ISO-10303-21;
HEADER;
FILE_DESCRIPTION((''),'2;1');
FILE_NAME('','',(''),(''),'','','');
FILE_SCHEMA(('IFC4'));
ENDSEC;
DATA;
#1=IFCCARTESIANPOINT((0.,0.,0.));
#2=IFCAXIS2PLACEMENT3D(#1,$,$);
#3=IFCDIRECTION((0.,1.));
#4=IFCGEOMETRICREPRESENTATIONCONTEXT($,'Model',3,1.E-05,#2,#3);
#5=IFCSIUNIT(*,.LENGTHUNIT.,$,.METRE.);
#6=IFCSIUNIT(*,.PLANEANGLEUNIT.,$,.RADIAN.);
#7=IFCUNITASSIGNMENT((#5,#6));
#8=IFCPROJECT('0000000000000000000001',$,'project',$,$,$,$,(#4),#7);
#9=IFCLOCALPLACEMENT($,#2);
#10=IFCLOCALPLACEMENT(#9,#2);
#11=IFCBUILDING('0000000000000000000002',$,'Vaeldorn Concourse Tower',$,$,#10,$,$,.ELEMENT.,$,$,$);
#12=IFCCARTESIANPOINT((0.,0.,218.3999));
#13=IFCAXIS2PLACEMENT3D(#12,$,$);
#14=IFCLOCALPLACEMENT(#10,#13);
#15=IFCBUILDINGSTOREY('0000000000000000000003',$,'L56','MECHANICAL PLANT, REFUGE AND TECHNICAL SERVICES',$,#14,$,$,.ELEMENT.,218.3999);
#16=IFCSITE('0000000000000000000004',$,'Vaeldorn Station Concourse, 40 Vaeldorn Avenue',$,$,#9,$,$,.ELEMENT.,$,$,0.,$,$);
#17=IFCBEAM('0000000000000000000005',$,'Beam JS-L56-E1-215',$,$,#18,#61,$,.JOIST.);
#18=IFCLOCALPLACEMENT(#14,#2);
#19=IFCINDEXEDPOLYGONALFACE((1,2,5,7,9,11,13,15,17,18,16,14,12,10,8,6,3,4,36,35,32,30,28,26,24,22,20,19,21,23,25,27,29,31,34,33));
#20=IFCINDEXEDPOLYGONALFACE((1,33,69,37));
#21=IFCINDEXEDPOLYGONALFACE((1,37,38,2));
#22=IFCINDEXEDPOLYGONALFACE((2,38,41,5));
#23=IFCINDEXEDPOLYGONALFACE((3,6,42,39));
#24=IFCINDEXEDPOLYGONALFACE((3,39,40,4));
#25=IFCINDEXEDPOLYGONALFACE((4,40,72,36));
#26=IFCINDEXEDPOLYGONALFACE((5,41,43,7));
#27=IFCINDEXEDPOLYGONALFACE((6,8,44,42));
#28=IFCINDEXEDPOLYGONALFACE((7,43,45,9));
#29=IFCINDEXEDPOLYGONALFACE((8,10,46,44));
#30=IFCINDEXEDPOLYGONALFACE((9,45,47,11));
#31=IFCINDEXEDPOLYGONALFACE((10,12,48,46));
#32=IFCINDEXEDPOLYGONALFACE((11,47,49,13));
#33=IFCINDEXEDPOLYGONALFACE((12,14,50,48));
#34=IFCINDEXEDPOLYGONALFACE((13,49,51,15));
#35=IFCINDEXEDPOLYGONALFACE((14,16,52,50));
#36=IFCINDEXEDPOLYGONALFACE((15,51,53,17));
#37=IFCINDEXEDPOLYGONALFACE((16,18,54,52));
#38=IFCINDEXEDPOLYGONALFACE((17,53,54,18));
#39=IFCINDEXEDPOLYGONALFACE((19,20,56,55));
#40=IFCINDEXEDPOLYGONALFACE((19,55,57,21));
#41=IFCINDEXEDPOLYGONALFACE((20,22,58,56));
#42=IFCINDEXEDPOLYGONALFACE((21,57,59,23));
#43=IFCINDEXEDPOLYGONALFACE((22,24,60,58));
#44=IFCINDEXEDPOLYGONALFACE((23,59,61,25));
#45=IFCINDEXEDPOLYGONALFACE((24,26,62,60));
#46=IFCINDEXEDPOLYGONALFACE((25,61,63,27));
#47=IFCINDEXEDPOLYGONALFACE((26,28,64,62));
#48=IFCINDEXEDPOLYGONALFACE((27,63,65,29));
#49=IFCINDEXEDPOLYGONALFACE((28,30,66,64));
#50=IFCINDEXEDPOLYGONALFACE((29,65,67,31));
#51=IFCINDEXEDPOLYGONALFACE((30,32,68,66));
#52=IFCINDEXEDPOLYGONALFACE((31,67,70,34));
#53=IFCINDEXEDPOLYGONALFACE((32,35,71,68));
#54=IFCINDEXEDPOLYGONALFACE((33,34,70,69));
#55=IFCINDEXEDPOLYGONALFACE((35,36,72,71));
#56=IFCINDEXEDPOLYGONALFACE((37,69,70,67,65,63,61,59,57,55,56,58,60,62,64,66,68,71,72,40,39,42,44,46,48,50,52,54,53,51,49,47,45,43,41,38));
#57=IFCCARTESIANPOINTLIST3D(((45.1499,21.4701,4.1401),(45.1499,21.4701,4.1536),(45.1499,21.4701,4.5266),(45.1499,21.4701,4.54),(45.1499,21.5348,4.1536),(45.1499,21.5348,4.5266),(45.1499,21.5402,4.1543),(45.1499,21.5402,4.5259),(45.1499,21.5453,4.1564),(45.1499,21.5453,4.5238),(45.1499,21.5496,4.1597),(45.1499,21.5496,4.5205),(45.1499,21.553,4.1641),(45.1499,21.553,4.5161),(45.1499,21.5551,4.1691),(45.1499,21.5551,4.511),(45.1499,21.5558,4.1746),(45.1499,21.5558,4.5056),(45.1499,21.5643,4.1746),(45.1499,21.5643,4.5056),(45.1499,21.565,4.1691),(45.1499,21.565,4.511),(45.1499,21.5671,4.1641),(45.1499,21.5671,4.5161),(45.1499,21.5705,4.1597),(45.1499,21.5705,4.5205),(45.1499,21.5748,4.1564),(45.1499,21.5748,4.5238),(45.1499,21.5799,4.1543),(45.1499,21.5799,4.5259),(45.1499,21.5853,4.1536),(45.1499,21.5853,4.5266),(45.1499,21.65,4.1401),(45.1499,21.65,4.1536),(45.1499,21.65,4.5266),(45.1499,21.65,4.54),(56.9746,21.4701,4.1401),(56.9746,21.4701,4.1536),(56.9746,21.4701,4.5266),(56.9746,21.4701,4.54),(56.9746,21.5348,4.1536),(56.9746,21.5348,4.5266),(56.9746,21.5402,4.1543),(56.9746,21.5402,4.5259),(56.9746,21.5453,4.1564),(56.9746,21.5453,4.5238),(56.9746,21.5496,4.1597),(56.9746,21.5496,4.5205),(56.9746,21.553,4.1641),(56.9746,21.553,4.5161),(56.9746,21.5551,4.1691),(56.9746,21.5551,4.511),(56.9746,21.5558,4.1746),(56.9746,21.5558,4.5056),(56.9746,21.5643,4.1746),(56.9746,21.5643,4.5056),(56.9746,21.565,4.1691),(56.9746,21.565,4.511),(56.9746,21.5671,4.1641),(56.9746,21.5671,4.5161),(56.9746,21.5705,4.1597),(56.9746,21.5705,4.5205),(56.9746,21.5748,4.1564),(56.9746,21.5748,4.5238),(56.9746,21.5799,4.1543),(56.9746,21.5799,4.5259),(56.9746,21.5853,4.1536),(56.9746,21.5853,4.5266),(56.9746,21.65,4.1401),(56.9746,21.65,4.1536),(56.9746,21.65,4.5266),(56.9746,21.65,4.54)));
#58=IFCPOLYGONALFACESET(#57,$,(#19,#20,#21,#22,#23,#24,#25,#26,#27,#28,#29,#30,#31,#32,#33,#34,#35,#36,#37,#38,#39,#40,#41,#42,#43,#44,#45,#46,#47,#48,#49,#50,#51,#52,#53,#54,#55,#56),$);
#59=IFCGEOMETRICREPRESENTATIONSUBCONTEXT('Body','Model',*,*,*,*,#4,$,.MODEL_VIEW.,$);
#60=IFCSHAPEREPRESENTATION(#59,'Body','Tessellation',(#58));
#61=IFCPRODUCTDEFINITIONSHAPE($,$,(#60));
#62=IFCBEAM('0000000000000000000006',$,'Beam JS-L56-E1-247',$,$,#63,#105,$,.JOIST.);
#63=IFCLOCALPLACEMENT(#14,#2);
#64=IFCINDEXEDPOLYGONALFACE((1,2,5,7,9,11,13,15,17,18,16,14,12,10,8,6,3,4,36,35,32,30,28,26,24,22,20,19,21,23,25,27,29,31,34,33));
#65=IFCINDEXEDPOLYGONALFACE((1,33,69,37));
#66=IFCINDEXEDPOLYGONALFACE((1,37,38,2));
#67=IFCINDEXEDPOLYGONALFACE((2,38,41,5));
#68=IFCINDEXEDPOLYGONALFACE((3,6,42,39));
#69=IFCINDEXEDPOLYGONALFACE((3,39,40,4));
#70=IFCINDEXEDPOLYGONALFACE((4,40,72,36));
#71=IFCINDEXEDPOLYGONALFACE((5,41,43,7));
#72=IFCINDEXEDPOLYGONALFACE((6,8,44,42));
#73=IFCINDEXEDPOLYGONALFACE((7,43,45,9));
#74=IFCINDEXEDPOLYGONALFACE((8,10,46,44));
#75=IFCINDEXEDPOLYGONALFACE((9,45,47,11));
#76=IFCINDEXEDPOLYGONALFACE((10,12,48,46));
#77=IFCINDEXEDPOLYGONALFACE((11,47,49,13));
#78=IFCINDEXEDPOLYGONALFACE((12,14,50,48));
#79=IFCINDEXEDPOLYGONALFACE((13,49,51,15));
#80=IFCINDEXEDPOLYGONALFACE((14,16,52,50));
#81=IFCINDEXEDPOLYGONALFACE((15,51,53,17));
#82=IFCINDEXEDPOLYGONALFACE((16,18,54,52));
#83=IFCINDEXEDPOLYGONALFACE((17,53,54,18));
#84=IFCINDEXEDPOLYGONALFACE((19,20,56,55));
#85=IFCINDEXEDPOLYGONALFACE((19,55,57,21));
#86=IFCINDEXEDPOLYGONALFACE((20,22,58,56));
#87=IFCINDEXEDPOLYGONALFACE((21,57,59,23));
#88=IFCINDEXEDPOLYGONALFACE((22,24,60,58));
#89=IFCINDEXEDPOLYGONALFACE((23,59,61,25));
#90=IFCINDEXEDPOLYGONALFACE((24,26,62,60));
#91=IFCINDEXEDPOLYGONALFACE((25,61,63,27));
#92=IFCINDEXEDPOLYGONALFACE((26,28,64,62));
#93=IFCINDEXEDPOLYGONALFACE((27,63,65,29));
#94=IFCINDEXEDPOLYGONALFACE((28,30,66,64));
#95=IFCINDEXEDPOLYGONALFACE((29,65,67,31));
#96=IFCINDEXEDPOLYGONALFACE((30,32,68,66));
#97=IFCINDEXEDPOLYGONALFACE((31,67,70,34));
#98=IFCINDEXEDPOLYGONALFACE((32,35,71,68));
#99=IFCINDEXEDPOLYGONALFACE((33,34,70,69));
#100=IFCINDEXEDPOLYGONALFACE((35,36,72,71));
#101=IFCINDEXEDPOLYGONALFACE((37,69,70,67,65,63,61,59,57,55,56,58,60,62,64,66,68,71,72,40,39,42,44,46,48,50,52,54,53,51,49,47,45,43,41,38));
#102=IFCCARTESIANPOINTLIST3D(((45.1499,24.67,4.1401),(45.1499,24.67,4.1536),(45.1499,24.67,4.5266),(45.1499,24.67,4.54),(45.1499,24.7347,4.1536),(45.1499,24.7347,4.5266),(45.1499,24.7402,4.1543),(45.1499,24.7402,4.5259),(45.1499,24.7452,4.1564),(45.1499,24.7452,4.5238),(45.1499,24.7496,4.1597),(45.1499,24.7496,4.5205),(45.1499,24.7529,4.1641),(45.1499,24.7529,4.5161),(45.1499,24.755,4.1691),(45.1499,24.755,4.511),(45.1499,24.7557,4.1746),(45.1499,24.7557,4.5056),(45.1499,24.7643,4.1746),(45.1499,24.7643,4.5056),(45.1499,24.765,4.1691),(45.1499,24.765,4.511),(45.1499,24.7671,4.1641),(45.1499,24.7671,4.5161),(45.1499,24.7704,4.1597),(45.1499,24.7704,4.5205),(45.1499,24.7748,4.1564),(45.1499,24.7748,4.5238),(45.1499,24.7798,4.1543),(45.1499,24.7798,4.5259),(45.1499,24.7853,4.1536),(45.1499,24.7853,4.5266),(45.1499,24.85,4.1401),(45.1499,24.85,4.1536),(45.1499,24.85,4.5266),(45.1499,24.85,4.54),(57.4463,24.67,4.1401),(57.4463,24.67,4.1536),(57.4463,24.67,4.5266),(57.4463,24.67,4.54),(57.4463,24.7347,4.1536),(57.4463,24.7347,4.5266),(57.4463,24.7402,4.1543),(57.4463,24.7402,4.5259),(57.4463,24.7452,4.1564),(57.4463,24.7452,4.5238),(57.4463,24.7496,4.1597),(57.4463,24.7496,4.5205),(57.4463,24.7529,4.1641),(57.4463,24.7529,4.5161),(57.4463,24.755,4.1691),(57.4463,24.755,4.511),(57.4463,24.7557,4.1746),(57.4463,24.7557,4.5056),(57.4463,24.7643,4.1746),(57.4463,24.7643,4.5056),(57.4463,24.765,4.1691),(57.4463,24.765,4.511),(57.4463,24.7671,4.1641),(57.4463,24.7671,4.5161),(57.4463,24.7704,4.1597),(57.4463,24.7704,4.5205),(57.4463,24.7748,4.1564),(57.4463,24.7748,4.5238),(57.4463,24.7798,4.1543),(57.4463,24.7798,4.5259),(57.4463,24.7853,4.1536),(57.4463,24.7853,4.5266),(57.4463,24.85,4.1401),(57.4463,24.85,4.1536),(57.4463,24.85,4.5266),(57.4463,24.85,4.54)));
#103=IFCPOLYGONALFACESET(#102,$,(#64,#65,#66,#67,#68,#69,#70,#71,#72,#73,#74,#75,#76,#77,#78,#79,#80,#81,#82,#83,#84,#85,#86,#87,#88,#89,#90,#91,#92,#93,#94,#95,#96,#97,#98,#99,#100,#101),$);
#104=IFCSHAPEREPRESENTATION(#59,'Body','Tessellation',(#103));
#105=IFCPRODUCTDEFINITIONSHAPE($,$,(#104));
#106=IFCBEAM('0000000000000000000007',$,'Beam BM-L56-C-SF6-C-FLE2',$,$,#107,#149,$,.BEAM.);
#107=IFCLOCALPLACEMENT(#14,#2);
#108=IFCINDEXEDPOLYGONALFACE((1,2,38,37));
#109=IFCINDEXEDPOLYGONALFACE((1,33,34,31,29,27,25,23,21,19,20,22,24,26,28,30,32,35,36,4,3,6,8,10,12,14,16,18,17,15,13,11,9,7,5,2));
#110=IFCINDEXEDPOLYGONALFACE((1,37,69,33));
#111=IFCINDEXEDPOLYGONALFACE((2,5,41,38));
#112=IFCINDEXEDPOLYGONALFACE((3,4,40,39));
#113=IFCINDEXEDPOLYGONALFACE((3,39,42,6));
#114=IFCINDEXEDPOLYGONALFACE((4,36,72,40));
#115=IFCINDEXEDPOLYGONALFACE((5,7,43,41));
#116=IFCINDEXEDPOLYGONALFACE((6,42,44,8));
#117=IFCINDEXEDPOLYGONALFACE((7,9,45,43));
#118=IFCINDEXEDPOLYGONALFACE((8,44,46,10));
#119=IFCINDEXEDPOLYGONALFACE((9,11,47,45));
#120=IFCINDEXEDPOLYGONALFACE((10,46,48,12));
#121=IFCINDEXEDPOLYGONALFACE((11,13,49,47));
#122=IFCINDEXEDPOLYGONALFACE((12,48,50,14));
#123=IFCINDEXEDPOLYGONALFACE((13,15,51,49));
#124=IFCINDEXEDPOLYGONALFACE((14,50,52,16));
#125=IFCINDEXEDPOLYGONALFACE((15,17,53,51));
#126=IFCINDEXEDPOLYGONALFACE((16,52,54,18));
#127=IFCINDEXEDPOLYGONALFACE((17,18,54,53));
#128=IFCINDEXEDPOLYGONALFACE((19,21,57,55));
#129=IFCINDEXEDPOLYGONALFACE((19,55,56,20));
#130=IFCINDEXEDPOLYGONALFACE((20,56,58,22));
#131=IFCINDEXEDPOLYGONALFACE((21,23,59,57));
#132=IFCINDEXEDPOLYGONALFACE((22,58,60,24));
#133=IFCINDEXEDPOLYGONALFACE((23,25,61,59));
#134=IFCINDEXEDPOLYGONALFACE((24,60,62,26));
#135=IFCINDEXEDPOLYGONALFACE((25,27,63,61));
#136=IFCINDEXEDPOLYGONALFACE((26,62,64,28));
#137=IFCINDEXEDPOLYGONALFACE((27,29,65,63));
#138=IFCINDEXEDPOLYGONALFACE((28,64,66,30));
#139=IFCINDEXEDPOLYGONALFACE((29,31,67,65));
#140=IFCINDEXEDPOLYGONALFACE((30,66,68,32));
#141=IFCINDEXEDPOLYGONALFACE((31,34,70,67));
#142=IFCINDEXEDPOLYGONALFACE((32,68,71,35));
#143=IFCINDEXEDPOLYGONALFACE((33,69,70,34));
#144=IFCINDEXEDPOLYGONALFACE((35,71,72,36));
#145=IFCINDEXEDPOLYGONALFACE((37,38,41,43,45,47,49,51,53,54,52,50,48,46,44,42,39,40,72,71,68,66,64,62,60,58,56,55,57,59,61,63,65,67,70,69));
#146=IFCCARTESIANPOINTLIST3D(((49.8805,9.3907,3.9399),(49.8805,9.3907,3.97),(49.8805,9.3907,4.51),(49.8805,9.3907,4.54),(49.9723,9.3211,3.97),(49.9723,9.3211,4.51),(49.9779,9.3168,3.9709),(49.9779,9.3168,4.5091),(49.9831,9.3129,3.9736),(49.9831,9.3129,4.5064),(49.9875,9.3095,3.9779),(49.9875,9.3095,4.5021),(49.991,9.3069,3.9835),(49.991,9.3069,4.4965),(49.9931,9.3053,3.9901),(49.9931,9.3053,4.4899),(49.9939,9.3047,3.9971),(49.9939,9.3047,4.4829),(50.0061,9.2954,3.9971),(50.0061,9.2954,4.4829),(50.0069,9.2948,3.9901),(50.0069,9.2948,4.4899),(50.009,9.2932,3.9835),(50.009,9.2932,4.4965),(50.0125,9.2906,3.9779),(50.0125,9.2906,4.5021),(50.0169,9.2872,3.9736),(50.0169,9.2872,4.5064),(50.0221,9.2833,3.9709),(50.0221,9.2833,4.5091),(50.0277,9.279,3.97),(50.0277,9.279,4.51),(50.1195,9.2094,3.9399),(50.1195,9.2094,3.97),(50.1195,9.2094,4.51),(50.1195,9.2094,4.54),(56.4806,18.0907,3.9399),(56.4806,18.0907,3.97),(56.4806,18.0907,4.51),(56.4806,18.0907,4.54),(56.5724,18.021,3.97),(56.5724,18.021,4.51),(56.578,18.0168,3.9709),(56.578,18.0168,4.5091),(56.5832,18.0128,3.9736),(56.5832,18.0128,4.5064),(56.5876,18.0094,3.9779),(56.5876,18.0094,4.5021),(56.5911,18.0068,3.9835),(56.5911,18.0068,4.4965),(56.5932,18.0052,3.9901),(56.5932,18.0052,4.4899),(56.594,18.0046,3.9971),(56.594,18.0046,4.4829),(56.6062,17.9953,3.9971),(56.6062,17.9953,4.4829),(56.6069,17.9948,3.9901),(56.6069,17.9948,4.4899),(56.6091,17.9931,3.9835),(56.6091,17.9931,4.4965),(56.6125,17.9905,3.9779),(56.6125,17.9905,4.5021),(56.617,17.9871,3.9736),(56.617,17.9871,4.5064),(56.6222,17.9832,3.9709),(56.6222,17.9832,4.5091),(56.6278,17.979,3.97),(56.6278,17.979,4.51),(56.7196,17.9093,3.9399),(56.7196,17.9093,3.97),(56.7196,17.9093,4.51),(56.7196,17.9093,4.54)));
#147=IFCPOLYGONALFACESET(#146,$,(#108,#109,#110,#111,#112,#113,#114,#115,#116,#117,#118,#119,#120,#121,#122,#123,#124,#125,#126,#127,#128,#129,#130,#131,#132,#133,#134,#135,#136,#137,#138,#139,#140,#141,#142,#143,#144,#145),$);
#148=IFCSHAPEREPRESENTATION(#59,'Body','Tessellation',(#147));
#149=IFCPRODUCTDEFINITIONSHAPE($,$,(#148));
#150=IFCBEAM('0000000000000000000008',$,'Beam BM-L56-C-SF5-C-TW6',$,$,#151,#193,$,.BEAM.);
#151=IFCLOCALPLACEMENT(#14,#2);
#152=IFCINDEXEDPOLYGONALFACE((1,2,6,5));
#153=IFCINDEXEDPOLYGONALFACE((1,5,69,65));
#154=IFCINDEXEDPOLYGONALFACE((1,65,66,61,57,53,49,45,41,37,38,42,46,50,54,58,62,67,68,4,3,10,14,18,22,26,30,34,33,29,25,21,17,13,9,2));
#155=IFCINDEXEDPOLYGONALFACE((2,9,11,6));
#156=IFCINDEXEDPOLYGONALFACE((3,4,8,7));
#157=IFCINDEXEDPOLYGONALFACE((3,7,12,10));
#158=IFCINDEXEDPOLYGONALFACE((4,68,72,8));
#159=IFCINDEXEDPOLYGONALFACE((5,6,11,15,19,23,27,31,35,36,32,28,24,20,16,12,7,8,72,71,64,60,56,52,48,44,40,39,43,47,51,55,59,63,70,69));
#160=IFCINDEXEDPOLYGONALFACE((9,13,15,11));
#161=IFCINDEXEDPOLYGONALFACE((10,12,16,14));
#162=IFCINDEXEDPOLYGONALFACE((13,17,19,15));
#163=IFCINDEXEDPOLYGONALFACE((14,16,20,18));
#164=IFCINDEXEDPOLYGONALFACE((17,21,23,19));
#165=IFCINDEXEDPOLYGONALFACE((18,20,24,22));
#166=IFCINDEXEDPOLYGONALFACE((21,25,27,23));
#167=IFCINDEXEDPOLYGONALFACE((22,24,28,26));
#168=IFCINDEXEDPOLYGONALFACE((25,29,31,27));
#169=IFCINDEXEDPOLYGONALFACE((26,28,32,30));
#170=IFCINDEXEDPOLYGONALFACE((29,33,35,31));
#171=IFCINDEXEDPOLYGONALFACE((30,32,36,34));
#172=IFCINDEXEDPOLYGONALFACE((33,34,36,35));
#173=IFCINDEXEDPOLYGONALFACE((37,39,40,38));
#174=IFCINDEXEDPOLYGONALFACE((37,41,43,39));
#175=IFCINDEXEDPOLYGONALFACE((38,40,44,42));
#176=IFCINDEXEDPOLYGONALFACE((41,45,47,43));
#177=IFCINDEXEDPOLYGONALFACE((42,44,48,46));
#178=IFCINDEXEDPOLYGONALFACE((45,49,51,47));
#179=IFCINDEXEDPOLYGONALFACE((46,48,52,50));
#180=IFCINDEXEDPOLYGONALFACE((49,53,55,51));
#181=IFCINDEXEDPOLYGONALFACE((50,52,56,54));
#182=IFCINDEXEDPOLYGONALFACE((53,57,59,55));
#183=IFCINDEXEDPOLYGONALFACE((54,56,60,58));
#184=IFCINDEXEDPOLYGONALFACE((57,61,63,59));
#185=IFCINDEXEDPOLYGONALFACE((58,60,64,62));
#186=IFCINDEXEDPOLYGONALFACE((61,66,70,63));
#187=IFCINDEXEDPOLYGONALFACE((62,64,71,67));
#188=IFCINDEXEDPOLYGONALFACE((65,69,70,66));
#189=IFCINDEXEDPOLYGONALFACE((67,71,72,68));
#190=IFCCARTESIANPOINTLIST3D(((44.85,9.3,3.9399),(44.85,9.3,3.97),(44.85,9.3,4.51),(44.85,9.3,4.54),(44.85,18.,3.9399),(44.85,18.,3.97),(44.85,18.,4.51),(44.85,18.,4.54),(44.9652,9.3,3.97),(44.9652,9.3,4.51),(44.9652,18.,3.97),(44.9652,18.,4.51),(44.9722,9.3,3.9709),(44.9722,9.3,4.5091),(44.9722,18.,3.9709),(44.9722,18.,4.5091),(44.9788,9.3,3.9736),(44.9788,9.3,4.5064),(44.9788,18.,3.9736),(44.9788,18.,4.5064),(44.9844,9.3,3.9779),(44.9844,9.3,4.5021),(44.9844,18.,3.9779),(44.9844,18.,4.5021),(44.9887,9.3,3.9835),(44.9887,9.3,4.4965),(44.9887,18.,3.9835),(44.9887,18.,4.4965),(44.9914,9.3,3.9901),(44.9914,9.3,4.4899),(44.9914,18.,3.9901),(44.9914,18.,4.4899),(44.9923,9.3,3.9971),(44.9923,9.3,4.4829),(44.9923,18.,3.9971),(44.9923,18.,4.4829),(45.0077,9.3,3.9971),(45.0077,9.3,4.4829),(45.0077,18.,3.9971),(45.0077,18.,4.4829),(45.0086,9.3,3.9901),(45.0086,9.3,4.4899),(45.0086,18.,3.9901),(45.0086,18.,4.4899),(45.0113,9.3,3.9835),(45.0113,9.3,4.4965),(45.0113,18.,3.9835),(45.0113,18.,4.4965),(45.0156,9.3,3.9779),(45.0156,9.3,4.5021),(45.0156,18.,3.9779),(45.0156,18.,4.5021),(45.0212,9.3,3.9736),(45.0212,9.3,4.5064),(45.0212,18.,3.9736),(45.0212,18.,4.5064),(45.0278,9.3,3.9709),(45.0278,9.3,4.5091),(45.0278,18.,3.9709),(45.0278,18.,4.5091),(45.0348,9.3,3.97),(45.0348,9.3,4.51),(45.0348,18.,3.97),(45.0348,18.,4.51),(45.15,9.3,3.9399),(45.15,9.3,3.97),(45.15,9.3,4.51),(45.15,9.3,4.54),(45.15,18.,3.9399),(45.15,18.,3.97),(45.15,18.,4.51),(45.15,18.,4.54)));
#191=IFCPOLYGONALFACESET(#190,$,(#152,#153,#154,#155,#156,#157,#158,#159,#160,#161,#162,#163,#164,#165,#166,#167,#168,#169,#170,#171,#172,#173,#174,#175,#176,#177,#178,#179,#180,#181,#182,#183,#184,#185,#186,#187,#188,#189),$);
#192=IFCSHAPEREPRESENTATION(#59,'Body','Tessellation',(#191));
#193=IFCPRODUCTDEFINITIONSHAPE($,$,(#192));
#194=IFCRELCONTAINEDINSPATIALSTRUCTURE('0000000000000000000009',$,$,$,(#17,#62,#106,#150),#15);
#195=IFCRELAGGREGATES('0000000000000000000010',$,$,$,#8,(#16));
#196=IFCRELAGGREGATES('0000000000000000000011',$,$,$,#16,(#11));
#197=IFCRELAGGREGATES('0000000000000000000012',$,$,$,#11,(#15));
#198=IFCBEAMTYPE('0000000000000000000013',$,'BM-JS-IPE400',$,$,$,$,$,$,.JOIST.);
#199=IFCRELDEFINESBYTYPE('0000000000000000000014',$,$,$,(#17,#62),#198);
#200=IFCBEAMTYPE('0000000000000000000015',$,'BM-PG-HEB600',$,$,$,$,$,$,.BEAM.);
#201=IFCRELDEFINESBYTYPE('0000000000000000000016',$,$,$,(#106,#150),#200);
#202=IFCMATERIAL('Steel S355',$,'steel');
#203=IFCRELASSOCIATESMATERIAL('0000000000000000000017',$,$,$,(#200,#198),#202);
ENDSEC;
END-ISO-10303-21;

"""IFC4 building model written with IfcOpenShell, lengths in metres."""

from ifc_helpers import new_model, si_unit, direction, frame, origin, origin_2d, place, context, subcontext, project, spatial, i_section, extrude, source, transform, mapped, material, material_profile, profile_set, type_object, element, save


model = new_model("IFC4")

# Units and contexts
model_context = context("Model", 3, precision=1e-05, world=origin(), true_north=direction((0.0, 1.0)))
body_context = subcontext(model_context, "Body", "Model", "MODEL_VIEW")
ifc_project = project(units=[si_unit("LENGTHUNIT", "METRE"), si_unit("PLANEANGLEUNIT", "RADIAN")], contexts=[model_context])

# Site, building, storey
site_placement = place(None, origin())
site = spatial("IfcSite", under=ifc_project, at=site_placement, Name="Vaeldorn Station Concourse, 40 Vaeldorn Avenue", CompositionType="ELEMENT", RefElevation=0.0)
building_placement = place(site_placement, origin())
building = spatial("IfcBuilding", under=site, at=building_placement, Name="Vaeldorn Concourse Tower", CompositionType="ELEMENT")
storey_placement = place(building_placement, frame((0.0, 0.0, 218.3999)))
storey = spatial("IfcBuildingStorey", under=building, at=storey_placement, Name="L56", Description="MECHANICAL PLANT, REFUGE AND TECHNICAL SERVICES", CompositionType="ELEMENT", Elevation=218.3999)

# Shared definitions
ifc_material_1 = material(Name="Steel S355", Category="steel")

# Beams
ifc_material_profile_1 = material_profile(ifc_material_1, i_section(OverallWidth=0.3, OverallDepth=0.6001, WebThickness=0.0154, FlangeThickness=0.03, FilletRadius=0.0271, at=origin_2d()), Name="HEB 600")
ifc_profile_set_1 = profile_set([ifc_material_profile_1], Name="Steel S355")
beam_type_1 = type_object("IfcBeamType", Name="BM-PG-HEB600", PredefinedType="BEAM", material=ifc_profile_set_1)
ifc_material_profile_2 = material_profile(ifc_material_1, i_section(OverallWidth=0.1799, OverallDepth=0.3999, WebThickness=0.0085, FlangeThickness=0.0134, FilletRadius=0.021, at=origin_2d()), Name="IPE 400")
ifc_profile_set_2 = profile_set([ifc_material_profile_2], Name="Steel S355")
beam_type_2 = type_object("IfcBeamType", Name="BM-JS-IPE400", PredefinedType="JOIST", material=ifc_profile_set_2)
shared_shape_1 = source(origin(), body_context, "Body", "SweptSolid", [
    extrude(i_section(OverallWidth=0.1799, OverallDepth=0.3999, WebThickness=0.0085, FlangeThickness=0.0134, FilletRadius=0.021, at=origin_2d()), origin(), (0.0, 0.0, 1.0), 11.8247),
])
beam_1_placement = place(storey_placement, frame((45.1499, 21.5601, 4.3401), z_axis=(1.0, 0.0, 0.0), x_axis=(0.0, 1.0, 0.0)))
element("IfcBeam", 1, at=beam_1_placement, inside=storey, type_object=beam_type_2, Name="Beam JS-L56-E1-215", PredefinedType="JOIST", context=body_context, shape_type="MappedRepresentation", body=[
    mapped(shared_shape_1, transform((0.0, 0.0, 0.0), scale=1.0)),
])
shared_shape_2 = source(origin(), body_context, "Body", "SweptSolid", [
    extrude(i_section(OverallWidth=0.1799, OverallDepth=0.3999, WebThickness=0.0085, FlangeThickness=0.0134, FilletRadius=0.021, at=origin_2d()), origin(), (0.0, 0.0, 1.0), 12.2964),
])
beam_2_placement = place(storey_placement, frame((45.1499, 24.76, 4.3401), z_axis=(1.0, 0.0, 0.0), x_axis=(0.0, 1.0, 0.0)))
element("IfcBeam", 2, at=beam_2_placement, inside=storey, type_object=beam_type_2, Name="Beam JS-L56-E1-247", PredefinedType="JOIST", context=body_context, shape_type="MappedRepresentation", body=[
    mapped(shared_shape_2, transform((0.0, 0.0, 0.0), scale=1.0)),
])
shared_shape_3 = source(origin(), body_context, "Body", "SweptSolid", [
    extrude(i_section(OverallWidth=0.3, OverallDepth=0.6001, WebThickness=0.0154, FlangeThickness=0.03, FilletRadius=0.0271, at=origin_2d()), origin(), (0.0, 0.0, 1.0), 10.9202),
])
beam_3_placement = place(storey_placement, frame((50.0, 9.3, 4.24), z_axis=(0.604394, 0.796685, 0.0), x_axis=(-0.796685, 0.604394, 0.0)))
element("IfcBeam", 3, at=beam_3_placement, inside=storey, type_object=beam_type_1, Name="Beam BM-L56-C-SF6-C-FLE2", PredefinedType="BEAM", context=body_context, shape_type="MappedRepresentation", body=[
    mapped(shared_shape_3, transform((0.0, 0.0, 0.0), scale=1.0)),
])
shared_shape_4 = source(origin(), body_context, "Body", "SweptSolid", [
    extrude(i_section(OverallWidth=0.3, OverallDepth=0.6001, WebThickness=0.0154, FlangeThickness=0.03, FilletRadius=0.0271, at=origin_2d()), origin(), (0.0, 0.0, 1.0), 8.7),
])
beam_4_placement = place(storey_placement, frame((45.0, 9.3, 4.24), z_axis=(0.0, 1.0, 0.0), x_axis=(-1.0, 0.0, 0.0)))
element("IfcBeam", 4, at=beam_4_placement, inside=storey, type_object=beam_type_1, Name="Beam BM-L56-C-SF5-C-TW6", PredefinedType="BEAM", context=body_context, shape_type="MappedRepresentation", body=[
    mapped(shared_shape_4, transform((0.0, 0.0, 0.0), scale=1.0)),
])

save(model, "model.ifc")
